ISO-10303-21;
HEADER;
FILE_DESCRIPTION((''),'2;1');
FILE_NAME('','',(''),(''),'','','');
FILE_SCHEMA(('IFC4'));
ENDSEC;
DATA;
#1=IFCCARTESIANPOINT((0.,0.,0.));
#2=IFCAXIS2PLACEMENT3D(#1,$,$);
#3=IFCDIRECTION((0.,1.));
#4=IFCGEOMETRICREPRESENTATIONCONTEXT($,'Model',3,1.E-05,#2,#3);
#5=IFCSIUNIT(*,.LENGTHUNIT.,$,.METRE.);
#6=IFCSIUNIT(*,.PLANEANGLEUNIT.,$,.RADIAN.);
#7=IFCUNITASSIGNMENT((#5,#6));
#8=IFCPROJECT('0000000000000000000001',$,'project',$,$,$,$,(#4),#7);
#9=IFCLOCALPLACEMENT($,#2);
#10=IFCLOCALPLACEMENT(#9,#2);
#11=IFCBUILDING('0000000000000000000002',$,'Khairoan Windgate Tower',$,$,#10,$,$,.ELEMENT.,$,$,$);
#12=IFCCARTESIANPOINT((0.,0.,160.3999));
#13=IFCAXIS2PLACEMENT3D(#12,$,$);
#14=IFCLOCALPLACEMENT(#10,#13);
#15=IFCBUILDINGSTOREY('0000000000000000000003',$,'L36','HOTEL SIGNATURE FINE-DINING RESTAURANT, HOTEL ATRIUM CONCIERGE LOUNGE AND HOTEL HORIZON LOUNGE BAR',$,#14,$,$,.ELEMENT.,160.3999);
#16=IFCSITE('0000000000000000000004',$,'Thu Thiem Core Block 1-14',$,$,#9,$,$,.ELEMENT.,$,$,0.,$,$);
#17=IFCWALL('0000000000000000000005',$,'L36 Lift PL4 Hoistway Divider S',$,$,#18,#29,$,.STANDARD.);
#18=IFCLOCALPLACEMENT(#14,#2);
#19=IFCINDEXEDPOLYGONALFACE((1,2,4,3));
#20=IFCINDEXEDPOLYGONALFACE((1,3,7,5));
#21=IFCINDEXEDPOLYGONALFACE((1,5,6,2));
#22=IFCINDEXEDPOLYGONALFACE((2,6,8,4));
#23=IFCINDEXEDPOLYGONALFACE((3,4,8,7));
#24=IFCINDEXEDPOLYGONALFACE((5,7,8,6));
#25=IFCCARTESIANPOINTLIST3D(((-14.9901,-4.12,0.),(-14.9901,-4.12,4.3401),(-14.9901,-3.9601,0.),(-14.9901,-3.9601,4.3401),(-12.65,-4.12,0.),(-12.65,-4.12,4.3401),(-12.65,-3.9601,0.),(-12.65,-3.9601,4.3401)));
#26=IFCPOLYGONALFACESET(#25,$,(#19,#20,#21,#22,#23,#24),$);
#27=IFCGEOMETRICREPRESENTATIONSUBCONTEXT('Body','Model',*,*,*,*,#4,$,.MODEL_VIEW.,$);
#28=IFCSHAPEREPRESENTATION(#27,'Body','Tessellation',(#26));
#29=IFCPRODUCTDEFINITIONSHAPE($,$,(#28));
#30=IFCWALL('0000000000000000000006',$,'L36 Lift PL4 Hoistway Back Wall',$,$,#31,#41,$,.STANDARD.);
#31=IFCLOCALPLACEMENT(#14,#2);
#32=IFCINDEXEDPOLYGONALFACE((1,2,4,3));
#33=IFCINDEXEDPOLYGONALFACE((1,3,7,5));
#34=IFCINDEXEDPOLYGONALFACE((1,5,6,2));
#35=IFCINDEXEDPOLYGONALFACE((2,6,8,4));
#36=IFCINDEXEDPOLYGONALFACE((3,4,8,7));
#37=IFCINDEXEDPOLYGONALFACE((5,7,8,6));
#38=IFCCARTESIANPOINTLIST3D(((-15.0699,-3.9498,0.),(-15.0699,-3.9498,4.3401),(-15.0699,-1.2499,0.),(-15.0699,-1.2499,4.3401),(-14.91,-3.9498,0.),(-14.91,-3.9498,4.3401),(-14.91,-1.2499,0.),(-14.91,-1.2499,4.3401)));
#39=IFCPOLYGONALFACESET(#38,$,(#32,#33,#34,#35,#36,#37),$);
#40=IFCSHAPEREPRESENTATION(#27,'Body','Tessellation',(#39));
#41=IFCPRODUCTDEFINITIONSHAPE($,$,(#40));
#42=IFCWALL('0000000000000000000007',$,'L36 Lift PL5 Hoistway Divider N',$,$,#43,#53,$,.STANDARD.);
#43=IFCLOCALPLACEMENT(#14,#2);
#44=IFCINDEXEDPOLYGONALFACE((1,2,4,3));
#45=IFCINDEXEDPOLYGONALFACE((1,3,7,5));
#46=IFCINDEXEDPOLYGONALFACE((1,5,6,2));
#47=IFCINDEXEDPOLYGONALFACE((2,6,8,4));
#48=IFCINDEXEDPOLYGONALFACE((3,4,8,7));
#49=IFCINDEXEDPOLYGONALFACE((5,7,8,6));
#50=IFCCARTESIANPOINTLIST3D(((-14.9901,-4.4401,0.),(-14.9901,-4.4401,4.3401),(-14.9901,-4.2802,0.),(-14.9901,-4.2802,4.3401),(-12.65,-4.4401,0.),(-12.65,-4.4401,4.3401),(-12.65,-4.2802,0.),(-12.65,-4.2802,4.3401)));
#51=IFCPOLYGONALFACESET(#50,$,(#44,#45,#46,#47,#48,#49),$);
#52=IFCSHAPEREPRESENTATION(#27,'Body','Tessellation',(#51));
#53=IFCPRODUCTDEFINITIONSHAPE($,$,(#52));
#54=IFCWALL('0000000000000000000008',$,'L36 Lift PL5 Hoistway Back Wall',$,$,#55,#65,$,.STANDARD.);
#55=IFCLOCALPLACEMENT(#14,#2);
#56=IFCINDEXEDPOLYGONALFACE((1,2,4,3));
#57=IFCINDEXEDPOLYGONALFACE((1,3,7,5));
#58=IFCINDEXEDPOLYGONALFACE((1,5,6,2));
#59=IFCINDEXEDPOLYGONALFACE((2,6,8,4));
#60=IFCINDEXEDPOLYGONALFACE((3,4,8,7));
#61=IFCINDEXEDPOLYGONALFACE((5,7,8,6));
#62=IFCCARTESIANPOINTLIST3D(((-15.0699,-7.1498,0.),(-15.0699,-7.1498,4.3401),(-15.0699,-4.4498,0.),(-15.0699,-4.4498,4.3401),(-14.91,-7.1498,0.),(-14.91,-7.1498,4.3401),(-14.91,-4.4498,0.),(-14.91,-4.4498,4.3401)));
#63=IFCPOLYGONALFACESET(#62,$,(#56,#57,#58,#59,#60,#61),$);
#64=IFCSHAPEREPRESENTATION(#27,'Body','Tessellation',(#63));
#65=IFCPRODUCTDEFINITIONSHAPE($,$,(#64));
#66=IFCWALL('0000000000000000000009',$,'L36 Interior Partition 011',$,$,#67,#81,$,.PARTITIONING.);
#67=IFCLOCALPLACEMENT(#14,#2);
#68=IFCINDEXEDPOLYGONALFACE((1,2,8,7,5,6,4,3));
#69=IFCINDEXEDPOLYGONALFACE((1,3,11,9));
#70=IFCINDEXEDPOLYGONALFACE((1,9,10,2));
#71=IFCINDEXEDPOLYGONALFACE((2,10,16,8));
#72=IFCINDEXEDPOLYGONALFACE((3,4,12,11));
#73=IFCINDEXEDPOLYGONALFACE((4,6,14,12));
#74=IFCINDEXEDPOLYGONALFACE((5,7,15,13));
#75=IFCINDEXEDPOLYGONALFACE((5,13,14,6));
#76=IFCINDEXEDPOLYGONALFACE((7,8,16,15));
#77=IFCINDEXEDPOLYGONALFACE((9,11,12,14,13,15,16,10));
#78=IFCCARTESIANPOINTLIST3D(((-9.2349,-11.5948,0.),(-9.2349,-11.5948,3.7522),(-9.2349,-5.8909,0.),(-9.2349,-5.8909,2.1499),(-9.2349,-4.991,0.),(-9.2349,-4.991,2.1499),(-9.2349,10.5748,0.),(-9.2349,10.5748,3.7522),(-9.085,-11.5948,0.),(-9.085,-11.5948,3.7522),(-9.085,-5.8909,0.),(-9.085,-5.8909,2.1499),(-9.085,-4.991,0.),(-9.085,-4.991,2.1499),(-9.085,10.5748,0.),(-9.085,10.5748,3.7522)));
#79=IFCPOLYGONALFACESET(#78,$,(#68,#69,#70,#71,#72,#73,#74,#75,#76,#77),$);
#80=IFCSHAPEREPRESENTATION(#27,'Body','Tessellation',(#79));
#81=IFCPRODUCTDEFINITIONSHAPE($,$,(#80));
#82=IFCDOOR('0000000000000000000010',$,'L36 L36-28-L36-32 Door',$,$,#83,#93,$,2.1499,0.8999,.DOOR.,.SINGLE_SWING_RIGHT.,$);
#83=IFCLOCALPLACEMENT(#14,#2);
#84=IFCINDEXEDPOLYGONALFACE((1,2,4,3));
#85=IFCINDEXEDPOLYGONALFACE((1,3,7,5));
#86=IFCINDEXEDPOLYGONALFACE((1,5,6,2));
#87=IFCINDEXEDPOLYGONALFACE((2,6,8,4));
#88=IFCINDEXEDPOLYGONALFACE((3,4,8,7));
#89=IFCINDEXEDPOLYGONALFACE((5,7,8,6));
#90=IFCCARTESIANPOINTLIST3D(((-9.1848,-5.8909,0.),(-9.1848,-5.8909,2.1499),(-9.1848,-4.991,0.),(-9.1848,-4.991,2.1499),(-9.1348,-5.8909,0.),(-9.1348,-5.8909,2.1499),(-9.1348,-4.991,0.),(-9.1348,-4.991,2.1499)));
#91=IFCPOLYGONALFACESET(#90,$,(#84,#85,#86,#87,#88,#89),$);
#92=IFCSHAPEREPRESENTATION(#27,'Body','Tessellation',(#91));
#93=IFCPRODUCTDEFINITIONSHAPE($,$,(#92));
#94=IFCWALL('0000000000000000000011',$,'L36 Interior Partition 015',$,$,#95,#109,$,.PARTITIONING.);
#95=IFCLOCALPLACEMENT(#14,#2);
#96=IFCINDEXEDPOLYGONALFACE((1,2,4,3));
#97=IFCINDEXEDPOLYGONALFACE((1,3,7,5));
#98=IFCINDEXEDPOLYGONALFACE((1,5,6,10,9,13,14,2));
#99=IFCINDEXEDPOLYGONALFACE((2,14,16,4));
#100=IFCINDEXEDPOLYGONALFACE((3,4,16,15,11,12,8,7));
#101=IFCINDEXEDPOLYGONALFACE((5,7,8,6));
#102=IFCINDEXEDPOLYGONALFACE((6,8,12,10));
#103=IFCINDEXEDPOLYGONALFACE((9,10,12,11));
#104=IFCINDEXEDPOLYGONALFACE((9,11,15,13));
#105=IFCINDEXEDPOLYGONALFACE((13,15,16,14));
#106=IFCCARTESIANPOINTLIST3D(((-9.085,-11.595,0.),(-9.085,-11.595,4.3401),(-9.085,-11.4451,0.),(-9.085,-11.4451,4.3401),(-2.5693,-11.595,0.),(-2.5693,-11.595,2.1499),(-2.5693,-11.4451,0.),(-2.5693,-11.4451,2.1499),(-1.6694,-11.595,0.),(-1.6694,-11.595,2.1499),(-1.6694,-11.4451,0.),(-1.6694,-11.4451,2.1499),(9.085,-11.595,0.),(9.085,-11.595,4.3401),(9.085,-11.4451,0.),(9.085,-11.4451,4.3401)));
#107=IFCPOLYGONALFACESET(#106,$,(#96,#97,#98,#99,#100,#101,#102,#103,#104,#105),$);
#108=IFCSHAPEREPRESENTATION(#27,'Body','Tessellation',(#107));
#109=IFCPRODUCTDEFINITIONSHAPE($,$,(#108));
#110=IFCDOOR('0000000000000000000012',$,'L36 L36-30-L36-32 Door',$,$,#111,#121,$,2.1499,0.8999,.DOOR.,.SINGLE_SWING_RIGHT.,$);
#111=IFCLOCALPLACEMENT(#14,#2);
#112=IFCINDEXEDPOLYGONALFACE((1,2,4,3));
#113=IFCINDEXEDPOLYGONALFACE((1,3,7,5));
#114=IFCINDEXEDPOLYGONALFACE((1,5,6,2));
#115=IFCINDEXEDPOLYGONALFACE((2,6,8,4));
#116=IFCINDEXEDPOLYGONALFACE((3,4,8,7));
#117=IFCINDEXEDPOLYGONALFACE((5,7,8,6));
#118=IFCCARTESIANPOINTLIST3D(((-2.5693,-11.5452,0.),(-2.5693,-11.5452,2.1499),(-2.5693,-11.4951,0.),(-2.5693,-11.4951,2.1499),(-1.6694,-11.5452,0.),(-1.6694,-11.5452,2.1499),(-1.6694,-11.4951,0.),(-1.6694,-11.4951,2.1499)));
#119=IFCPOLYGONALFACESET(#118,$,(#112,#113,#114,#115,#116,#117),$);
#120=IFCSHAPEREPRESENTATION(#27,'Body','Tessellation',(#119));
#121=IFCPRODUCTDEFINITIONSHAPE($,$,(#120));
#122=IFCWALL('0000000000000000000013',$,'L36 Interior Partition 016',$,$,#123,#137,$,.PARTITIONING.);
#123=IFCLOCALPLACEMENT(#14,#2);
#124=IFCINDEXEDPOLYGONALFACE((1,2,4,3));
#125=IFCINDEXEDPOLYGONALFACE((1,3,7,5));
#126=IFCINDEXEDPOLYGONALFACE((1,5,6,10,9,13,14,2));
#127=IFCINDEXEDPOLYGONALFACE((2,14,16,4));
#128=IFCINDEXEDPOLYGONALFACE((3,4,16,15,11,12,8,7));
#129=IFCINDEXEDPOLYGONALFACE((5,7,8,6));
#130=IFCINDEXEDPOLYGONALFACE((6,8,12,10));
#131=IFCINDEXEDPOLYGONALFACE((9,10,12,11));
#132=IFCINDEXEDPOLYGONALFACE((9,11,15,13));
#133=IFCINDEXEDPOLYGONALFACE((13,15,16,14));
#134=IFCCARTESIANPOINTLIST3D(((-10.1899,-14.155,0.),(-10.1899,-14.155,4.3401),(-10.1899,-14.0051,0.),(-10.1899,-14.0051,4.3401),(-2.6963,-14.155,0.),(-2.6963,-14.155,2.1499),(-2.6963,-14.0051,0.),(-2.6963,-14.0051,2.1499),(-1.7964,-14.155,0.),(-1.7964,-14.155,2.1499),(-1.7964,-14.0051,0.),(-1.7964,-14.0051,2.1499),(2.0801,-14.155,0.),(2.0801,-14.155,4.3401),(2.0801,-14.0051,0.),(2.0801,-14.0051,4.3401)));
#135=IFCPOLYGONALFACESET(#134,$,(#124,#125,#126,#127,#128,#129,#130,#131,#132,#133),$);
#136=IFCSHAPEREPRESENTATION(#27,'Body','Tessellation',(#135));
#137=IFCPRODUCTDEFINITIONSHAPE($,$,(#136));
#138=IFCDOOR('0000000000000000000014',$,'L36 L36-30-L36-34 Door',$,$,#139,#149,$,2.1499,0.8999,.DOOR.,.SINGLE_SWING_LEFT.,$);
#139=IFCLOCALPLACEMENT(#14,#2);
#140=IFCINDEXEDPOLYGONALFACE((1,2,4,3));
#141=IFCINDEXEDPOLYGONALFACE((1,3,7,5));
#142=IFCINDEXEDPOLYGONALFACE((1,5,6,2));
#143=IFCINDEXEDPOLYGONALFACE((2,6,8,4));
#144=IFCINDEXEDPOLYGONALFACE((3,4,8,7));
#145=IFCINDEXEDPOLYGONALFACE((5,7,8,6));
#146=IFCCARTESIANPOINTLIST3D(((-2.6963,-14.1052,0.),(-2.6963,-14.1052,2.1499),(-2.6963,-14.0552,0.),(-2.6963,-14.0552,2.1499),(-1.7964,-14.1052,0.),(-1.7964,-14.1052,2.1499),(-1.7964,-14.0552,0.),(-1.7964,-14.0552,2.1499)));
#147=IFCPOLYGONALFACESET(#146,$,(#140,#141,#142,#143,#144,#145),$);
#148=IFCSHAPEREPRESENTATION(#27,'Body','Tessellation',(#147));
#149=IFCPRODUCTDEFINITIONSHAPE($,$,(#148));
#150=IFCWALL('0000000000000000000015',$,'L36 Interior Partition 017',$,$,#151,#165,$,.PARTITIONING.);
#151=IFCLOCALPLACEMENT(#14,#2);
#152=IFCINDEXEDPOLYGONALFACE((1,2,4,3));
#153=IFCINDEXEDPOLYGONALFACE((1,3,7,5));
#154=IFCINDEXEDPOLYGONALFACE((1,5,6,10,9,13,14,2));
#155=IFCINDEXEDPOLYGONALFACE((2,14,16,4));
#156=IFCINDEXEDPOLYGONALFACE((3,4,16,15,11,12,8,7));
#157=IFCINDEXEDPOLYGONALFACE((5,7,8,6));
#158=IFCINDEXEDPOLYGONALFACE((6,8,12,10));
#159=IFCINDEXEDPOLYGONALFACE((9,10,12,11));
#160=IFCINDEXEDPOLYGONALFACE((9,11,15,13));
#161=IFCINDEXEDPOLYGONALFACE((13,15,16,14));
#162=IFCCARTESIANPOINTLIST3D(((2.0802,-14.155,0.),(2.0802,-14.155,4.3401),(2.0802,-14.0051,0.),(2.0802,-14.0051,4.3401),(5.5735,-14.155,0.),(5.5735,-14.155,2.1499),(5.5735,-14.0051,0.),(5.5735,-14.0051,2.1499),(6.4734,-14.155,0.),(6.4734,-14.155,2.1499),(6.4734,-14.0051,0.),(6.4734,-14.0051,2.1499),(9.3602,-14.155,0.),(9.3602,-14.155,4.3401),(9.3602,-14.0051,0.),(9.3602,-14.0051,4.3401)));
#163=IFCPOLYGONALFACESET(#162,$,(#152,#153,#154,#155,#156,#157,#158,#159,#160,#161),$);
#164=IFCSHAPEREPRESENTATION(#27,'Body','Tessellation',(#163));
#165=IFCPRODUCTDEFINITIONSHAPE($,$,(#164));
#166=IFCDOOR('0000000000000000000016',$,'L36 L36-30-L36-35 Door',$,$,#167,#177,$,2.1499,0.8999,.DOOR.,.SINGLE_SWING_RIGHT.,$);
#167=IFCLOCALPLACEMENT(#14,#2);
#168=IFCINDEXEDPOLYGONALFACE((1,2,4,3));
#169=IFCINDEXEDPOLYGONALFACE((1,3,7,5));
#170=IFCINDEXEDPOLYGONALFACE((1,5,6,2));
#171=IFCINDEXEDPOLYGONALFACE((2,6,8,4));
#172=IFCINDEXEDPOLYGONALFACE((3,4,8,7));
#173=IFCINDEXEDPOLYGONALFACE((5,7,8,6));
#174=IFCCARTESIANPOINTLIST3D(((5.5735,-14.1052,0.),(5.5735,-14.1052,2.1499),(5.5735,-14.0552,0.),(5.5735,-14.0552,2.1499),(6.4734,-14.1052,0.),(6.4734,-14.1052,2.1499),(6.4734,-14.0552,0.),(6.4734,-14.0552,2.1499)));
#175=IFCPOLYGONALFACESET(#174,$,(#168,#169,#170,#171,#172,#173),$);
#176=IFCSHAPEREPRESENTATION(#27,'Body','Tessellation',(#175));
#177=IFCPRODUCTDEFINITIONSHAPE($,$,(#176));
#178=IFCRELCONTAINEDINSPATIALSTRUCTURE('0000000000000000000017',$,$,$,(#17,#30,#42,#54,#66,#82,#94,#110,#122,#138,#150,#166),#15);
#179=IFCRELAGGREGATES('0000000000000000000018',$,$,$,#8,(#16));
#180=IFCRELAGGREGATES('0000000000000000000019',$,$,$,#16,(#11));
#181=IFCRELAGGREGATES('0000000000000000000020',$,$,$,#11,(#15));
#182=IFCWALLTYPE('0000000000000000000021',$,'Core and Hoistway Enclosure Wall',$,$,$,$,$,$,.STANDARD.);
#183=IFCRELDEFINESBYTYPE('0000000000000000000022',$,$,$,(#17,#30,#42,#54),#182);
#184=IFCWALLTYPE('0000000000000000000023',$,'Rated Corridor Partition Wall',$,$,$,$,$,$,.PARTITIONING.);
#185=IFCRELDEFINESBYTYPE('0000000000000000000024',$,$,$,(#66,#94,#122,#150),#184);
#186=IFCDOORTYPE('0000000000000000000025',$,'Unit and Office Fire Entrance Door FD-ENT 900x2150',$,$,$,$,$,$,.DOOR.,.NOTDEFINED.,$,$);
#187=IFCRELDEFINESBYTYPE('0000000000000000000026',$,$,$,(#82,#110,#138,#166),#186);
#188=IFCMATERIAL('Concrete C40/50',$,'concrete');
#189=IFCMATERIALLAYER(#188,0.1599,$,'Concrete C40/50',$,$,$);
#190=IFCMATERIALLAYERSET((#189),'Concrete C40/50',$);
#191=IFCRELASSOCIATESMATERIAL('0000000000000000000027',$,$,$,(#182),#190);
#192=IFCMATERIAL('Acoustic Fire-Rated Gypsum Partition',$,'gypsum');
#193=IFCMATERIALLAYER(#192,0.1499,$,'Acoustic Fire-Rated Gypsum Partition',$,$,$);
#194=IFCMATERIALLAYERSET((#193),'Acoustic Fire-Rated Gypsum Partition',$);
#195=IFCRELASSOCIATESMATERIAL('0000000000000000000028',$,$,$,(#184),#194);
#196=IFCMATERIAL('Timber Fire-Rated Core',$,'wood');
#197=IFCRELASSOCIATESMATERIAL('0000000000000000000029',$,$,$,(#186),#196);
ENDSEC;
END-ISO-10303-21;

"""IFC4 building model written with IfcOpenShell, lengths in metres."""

from ifc_helpers import new_model, si_unit, direction, frame, frame_2d, origin, place, context, subcontext, project, spatial, rectangle, extrude, material, layer, layer_set, type_object, element, fill, save


model = new_model("IFC4")

# Units and contexts
model_context = context("Model", 3, precision=1e-05, world=origin(), true_north=direction((0.0, 1.0)))
body_context = subcontext(model_context, "Body", "Model", "MODEL_VIEW")
ifc_project = project(units=[si_unit("LENGTHUNIT", "METRE"), si_unit("PLANEANGLEUNIT", "RADIAN")], contexts=[model_context])

# Site, building, storey
site_placement = place(None, origin())
site = spatial("IfcSite", under=ifc_project, at=site_placement, Name="Thu Thiem Core Block 1-14", CompositionType="ELEMENT", RefElevation=0.0)
building_placement = place(site_placement, origin())
building = spatial("IfcBuilding", under=site, at=building_placement, Name="Khairoan Windgate Tower", CompositionType="ELEMENT")
storey_placement = place(building_placement, frame((0.0, 0.0, 160.3999)))
storey = spatial("IfcBuildingStorey", under=building, at=storey_placement, Name="L36", Description="HOTEL SIGNATURE FINE-DINING RESTAURANT, HOTEL ATRIUM CONCIERGE LOUNGE AND HOTEL HORIZON LOUNGE BAR", CompositionType="ELEMENT", Elevation=160.3999)

# Walls
ifc_material_1 = material(Name="Concrete C40/50", Category="concrete")
ifc_layer_1 = layer(ifc_material_1, 0.1599, Name="Concrete C40/50")
ifc_layer_set_1 = layer_set([ifc_layer_1], Name="Concrete C40/50")
wall_type_1 = type_object("IfcWallType", Name="Core and Hoistway Enclosure Wall", PredefinedType="STANDARD", material=ifc_layer_set_1)
wall_1_placement = place(storey_placement, frame((-14.99, -4.04, 0.0), z_axis=(0.0, 0.0, 1.0), x_axis=(1.0, 0.0, 0.0)))
element("IfcWall", 1, at=wall_1_placement, inside=storey, type_object=wall_type_1, Name="L36 Lift PL4 Hoistway Divider S", PredefinedType="STANDARD", context=body_context, shape_type="SweptSolid", body=[
    extrude(rectangle(XDim=2.3401, YDim=0.1599, at=frame_2d((1.1699, 0.0))), origin(), (0.0, 0.0, 1.0), 4.3401),
])
wall_2_placement = place(storey_placement, frame((-14.99, -3.95, 0.0), z_axis=(0.0, 0.0, 1.0), x_axis=(0.0, 1.0, 0.0)))
element("IfcWall", 2, at=wall_2_placement, inside=storey, type_object=wall_type_1, Name="L36 Lift PL4 Hoistway Back Wall", PredefinedType="STANDARD", context=body_context, shape_type="SweptSolid", body=[
    extrude(rectangle(XDim=2.7, YDim=0.1599, at=frame_2d((1.3501, 0.0))), origin(), (0.0, 0.0, 1.0), 4.3401),
])
wall_3_placement = place(storey_placement, frame((-14.99, -4.3601, 0.0), z_axis=(0.0, 0.0, 1.0), x_axis=(1.0, 0.0, 0.0)))
element("IfcWall", 3, at=wall_3_placement, inside=storey, type_object=wall_type_1, Name="L36 Lift PL5 Hoistway Divider N", PredefinedType="STANDARD", context=body_context, shape_type="SweptSolid", body=[
    extrude(rectangle(XDim=2.3401, YDim=0.1599, at=frame_2d((1.1699, 0.0))), origin(), (0.0, 0.0, 1.0), 4.3401),
])
wall_4_placement = place(storey_placement, frame((-14.99, -7.1499, 0.0), z_axis=(0.0, 0.0, 1.0), x_axis=(0.0, 1.0, 0.0)))
element("IfcWall", 4, at=wall_4_placement, inside=storey, type_object=wall_type_1, Name="L36 Lift PL5 Hoistway Back Wall", PredefinedType="STANDARD", context=body_context, shape_type="SweptSolid", body=[
    extrude(rectangle(XDim=2.7, YDim=0.1599, at=frame_2d((1.3501, 0.0))), origin(), (0.0, 0.0, 1.0), 4.3401),
])

# Walls, openings, doors
ifc_material_2 = material(Name="Acoustic Fire-Rated Gypsum Partition", Category="gypsum")
ifc_layer_2 = layer(ifc_material_2, 0.1499, Name="Acoustic Fire-Rated Gypsum Partition")
ifc_layer_set_2 = layer_set([ifc_layer_2], Name="Acoustic Fire-Rated Gypsum Partition")
wall_type_2 = type_object("IfcWallType", Name="Rated Corridor Partition Wall", PredefinedType="PARTITIONING", material=ifc_layer_set_2)
wall_5_placement = place(storey_placement, frame((-9.1599, -11.595, 0.0), z_axis=(0.0, 0.0, 1.0), x_axis=(0.0, 1.0, 0.0)))
wall_5 = element("IfcWall", 5, at=wall_5_placement, inside=storey, type_object=wall_type_2, Name="L36 Interior Partition 011", PredefinedType="PARTITIONING", context=body_context, shape_type="SweptSolid", body=[
    extrude(rectangle(XDim=22.1697, YDim=0.1499, at=frame_2d((11.085, 0.0))), origin(), (0.0, 0.0, 1.0), 3.7522),
])
opening_1_placement = place(wall_5_placement, frame((5.7041, 0.0, 0.0)))
opening_1 = element("IfcOpeningElement", 6, at=opening_1_placement, cuts=wall_5, PredefinedType="OPENING", context=body_context, shape_type="SweptSolid", body=[
    extrude(rectangle(XDim=0.8999, YDim=2.1499, at=frame_2d((0.45, 1.075))), frame((0.0, 0.085, 0.0), z_axis=(0.0, -1.0, 0.0), x_axis=(1.0, 0.0, 0.0)), (0.0, 0.0, 1.0), 0.1699),
])
ifc_material_3 = material(Name="Timber Fire-Rated Core", Category="wood")
door_type_1 = type_object("IfcDoorType", Name="Unit and Office Fire Entrance Door FD-ENT 900x2150", OperationType="NOTDEFINED", PredefinedType="DOOR", material=ifc_material_3)
door_1_placement = place(opening_1_placement, origin())
door_1 = element("IfcDoor", 7, at=door_1_placement, inside=storey, type_object=door_type_1, Name="L36 L36-28-L36-32 Door", OperationType="SINGLE_SWING_RIGHT", OverallHeight=2.1499, OverallWidth=0.8999, PredefinedType="DOOR", context=body_context, shape_type="SweptSolid", body=[
    extrude(rectangle(XDim=0.8999, YDim=2.1499, at=frame_2d((0.45, 1.075))), frame((0.0, 0.0249, 0.0), z_axis=(0.0, -1.0, 0.0), x_axis=(1.0, 0.0, 0.0)), (0.0, 0.0, 1.0), 0.05),
])
fill(opening_1, door_1)
wall_6_placement = place(storey_placement, frame((-9.085, -11.52, 0.0), z_axis=(0.0, 0.0, 1.0), x_axis=(1.0, 0.0, 0.0)))
wall_6 = element("IfcWall", 8, at=wall_6_placement, inside=storey, type_object=wall_type_2, Name="L36 Interior Partition 015", PredefinedType="PARTITIONING", context=body_context, shape_type="SweptSolid", body=[
    extrude(rectangle(XDim=18.1699, YDim=0.1499, at=frame_2d((9.085, 0.0))), origin(), (0.0, 0.0, 1.0), 4.3401),
])
opening_2_placement = place(wall_6_placement, frame((6.5156, 0.0, 0.0)))
opening_2 = element("IfcOpeningElement", 9, at=opening_2_placement, cuts=wall_6, PredefinedType="OPENING", context=body_context, shape_type="SweptSolid", body=[
    extrude(rectangle(XDim=0.8999, YDim=2.1499, at=frame_2d((0.45, 1.075))), frame((0.0, 0.085, 0.0), z_axis=(0.0, -1.0, 0.0), x_axis=(1.0, 0.0, 0.0)), (0.0, 0.0, 1.0), 0.1699),
])
door_2_placement = place(opening_2_placement, origin())
door_2 = element("IfcDoor", 10, at=door_2_placement, inside=storey, type_object=door_type_1, Name="L36 L36-30-L36-32 Door", OperationType="SINGLE_SWING_RIGHT", OverallHeight=2.1499, OverallWidth=0.8999, PredefinedType="DOOR", context=body_context, shape_type="SweptSolid", body=[
    extrude(rectangle(XDim=0.8999, YDim=2.1499, at=frame_2d((0.45, 1.075))), frame((0.0, 0.0249, 0.0), z_axis=(0.0, -1.0, 0.0), x_axis=(1.0, 0.0, 0.0)), (0.0, 0.0, 1.0), 0.05),
])
fill(opening_2, door_2)
wall_7_placement = place(storey_placement, frame((-10.1899, -14.0801, 0.0), z_axis=(0.0, 0.0, 1.0), x_axis=(1.0, 0.0, 0.0)))
wall_7 = element("IfcWall", 11, at=wall_7_placement, inside=storey, type_object=wall_type_2, Name="L36 Interior Partition 016", PredefinedType="PARTITIONING", context=body_context, shape_type="SweptSolid", body=[
    extrude(rectangle(XDim=12.27, YDim=0.1499, at=frame_2d((6.135, 0.0))), origin(), (0.0, 0.0, 1.0), 4.3401),
])
opening_3_placement = place(wall_7_placement, frame((7.4937, 0.0, 0.0)))
opening_3 = element("IfcOpeningElement", 12, at=opening_3_placement, cuts=wall_7, PredefinedType="OPENING", context=body_context, shape_type="SweptSolid", body=[
    extrude(rectangle(XDim=0.8999, YDim=2.1499, at=frame_2d((0.45, 1.075))), frame((0.0, 0.085, 0.0), z_axis=(0.0, -1.0, 0.0), x_axis=(1.0, 0.0, 0.0)), (0.0, 0.0, 1.0), 0.1699),
])
door_3_placement = place(opening_3_placement, origin())
door_3 = element("IfcDoor", 13, at=door_3_placement, inside=storey, type_object=door_type_1, Name="L36 L36-30-L36-34 Door", OperationType="SINGLE_SWING_LEFT", OverallHeight=2.1499, OverallWidth=0.8999, PredefinedType="DOOR", context=body_context, shape_type="SweptSolid", body=[
    extrude(rectangle(XDim=0.8999, YDim=2.1499, at=frame_2d((0.45, 1.075))), frame((0.0, 0.0249, 0.0), z_axis=(0.0, -1.0, 0.0), x_axis=(1.0, 0.0, 0.0)), (0.0, 0.0, 1.0), 0.05),
])
fill(opening_3, door_3)
wall_8_placement = place(storey_placement, frame((2.0801, -14.0801, 0.0), z_axis=(0.0, 0.0, 1.0), x_axis=(1.0, 0.0, 0.0)))
wall_8 = element("IfcWall", 14, at=wall_8_placement, inside=storey, type_object=wall_type_2, Name="L36 Interior Partition 017", PredefinedType="PARTITIONING", context=body_context, shape_type="SweptSolid", body=[
    extrude(rectangle(XDim=7.28, YDim=0.1499, at=frame_2d((3.6401, 0.0))), origin(), (0.0, 0.0, 1.0), 4.3401),
])
opening_4_placement = place(wall_8_placement, frame((3.4934, 0.0, 0.0)))
opening_4 = element("IfcOpeningElement", 15, at=opening_4_placement, cuts=wall_8, PredefinedType="OPENING", context=body_context, shape_type="SweptSolid", body=[
    extrude(rectangle(XDim=0.8999, YDim=2.1499, at=frame_2d((0.45, 1.075))), frame((0.0, 0.085, 0.0), z_axis=(0.0, -1.0, 0.0), x_axis=(1.0, 0.0, 0.0)), (0.0, 0.0, 1.0), 0.1699),
])
door_4_placement = place(opening_4_placement, origin())
door_4 = element("IfcDoor", 16, at=door_4_placement, inside=storey, type_object=door_type_1, Name="L36 L36-30-L36-35 Door", OperationType="SINGLE_SWING_RIGHT", OverallHeight=2.1499, OverallWidth=0.8999, PredefinedType="DOOR", context=body_context, shape_type="SweptSolid", body=[
    extrude(rectangle(XDim=0.8999, YDim=2.1499, at=frame_2d((0.45, 1.075))), frame((0.0, 0.0249, 0.0), z_axis=(0.0, -1.0, 0.0), x_axis=(1.0, 0.0, 0.0)), (0.0, 0.0, 1.0), 0.05),
])
fill(opening_4, door_4)

save(model, "model.ifc")
